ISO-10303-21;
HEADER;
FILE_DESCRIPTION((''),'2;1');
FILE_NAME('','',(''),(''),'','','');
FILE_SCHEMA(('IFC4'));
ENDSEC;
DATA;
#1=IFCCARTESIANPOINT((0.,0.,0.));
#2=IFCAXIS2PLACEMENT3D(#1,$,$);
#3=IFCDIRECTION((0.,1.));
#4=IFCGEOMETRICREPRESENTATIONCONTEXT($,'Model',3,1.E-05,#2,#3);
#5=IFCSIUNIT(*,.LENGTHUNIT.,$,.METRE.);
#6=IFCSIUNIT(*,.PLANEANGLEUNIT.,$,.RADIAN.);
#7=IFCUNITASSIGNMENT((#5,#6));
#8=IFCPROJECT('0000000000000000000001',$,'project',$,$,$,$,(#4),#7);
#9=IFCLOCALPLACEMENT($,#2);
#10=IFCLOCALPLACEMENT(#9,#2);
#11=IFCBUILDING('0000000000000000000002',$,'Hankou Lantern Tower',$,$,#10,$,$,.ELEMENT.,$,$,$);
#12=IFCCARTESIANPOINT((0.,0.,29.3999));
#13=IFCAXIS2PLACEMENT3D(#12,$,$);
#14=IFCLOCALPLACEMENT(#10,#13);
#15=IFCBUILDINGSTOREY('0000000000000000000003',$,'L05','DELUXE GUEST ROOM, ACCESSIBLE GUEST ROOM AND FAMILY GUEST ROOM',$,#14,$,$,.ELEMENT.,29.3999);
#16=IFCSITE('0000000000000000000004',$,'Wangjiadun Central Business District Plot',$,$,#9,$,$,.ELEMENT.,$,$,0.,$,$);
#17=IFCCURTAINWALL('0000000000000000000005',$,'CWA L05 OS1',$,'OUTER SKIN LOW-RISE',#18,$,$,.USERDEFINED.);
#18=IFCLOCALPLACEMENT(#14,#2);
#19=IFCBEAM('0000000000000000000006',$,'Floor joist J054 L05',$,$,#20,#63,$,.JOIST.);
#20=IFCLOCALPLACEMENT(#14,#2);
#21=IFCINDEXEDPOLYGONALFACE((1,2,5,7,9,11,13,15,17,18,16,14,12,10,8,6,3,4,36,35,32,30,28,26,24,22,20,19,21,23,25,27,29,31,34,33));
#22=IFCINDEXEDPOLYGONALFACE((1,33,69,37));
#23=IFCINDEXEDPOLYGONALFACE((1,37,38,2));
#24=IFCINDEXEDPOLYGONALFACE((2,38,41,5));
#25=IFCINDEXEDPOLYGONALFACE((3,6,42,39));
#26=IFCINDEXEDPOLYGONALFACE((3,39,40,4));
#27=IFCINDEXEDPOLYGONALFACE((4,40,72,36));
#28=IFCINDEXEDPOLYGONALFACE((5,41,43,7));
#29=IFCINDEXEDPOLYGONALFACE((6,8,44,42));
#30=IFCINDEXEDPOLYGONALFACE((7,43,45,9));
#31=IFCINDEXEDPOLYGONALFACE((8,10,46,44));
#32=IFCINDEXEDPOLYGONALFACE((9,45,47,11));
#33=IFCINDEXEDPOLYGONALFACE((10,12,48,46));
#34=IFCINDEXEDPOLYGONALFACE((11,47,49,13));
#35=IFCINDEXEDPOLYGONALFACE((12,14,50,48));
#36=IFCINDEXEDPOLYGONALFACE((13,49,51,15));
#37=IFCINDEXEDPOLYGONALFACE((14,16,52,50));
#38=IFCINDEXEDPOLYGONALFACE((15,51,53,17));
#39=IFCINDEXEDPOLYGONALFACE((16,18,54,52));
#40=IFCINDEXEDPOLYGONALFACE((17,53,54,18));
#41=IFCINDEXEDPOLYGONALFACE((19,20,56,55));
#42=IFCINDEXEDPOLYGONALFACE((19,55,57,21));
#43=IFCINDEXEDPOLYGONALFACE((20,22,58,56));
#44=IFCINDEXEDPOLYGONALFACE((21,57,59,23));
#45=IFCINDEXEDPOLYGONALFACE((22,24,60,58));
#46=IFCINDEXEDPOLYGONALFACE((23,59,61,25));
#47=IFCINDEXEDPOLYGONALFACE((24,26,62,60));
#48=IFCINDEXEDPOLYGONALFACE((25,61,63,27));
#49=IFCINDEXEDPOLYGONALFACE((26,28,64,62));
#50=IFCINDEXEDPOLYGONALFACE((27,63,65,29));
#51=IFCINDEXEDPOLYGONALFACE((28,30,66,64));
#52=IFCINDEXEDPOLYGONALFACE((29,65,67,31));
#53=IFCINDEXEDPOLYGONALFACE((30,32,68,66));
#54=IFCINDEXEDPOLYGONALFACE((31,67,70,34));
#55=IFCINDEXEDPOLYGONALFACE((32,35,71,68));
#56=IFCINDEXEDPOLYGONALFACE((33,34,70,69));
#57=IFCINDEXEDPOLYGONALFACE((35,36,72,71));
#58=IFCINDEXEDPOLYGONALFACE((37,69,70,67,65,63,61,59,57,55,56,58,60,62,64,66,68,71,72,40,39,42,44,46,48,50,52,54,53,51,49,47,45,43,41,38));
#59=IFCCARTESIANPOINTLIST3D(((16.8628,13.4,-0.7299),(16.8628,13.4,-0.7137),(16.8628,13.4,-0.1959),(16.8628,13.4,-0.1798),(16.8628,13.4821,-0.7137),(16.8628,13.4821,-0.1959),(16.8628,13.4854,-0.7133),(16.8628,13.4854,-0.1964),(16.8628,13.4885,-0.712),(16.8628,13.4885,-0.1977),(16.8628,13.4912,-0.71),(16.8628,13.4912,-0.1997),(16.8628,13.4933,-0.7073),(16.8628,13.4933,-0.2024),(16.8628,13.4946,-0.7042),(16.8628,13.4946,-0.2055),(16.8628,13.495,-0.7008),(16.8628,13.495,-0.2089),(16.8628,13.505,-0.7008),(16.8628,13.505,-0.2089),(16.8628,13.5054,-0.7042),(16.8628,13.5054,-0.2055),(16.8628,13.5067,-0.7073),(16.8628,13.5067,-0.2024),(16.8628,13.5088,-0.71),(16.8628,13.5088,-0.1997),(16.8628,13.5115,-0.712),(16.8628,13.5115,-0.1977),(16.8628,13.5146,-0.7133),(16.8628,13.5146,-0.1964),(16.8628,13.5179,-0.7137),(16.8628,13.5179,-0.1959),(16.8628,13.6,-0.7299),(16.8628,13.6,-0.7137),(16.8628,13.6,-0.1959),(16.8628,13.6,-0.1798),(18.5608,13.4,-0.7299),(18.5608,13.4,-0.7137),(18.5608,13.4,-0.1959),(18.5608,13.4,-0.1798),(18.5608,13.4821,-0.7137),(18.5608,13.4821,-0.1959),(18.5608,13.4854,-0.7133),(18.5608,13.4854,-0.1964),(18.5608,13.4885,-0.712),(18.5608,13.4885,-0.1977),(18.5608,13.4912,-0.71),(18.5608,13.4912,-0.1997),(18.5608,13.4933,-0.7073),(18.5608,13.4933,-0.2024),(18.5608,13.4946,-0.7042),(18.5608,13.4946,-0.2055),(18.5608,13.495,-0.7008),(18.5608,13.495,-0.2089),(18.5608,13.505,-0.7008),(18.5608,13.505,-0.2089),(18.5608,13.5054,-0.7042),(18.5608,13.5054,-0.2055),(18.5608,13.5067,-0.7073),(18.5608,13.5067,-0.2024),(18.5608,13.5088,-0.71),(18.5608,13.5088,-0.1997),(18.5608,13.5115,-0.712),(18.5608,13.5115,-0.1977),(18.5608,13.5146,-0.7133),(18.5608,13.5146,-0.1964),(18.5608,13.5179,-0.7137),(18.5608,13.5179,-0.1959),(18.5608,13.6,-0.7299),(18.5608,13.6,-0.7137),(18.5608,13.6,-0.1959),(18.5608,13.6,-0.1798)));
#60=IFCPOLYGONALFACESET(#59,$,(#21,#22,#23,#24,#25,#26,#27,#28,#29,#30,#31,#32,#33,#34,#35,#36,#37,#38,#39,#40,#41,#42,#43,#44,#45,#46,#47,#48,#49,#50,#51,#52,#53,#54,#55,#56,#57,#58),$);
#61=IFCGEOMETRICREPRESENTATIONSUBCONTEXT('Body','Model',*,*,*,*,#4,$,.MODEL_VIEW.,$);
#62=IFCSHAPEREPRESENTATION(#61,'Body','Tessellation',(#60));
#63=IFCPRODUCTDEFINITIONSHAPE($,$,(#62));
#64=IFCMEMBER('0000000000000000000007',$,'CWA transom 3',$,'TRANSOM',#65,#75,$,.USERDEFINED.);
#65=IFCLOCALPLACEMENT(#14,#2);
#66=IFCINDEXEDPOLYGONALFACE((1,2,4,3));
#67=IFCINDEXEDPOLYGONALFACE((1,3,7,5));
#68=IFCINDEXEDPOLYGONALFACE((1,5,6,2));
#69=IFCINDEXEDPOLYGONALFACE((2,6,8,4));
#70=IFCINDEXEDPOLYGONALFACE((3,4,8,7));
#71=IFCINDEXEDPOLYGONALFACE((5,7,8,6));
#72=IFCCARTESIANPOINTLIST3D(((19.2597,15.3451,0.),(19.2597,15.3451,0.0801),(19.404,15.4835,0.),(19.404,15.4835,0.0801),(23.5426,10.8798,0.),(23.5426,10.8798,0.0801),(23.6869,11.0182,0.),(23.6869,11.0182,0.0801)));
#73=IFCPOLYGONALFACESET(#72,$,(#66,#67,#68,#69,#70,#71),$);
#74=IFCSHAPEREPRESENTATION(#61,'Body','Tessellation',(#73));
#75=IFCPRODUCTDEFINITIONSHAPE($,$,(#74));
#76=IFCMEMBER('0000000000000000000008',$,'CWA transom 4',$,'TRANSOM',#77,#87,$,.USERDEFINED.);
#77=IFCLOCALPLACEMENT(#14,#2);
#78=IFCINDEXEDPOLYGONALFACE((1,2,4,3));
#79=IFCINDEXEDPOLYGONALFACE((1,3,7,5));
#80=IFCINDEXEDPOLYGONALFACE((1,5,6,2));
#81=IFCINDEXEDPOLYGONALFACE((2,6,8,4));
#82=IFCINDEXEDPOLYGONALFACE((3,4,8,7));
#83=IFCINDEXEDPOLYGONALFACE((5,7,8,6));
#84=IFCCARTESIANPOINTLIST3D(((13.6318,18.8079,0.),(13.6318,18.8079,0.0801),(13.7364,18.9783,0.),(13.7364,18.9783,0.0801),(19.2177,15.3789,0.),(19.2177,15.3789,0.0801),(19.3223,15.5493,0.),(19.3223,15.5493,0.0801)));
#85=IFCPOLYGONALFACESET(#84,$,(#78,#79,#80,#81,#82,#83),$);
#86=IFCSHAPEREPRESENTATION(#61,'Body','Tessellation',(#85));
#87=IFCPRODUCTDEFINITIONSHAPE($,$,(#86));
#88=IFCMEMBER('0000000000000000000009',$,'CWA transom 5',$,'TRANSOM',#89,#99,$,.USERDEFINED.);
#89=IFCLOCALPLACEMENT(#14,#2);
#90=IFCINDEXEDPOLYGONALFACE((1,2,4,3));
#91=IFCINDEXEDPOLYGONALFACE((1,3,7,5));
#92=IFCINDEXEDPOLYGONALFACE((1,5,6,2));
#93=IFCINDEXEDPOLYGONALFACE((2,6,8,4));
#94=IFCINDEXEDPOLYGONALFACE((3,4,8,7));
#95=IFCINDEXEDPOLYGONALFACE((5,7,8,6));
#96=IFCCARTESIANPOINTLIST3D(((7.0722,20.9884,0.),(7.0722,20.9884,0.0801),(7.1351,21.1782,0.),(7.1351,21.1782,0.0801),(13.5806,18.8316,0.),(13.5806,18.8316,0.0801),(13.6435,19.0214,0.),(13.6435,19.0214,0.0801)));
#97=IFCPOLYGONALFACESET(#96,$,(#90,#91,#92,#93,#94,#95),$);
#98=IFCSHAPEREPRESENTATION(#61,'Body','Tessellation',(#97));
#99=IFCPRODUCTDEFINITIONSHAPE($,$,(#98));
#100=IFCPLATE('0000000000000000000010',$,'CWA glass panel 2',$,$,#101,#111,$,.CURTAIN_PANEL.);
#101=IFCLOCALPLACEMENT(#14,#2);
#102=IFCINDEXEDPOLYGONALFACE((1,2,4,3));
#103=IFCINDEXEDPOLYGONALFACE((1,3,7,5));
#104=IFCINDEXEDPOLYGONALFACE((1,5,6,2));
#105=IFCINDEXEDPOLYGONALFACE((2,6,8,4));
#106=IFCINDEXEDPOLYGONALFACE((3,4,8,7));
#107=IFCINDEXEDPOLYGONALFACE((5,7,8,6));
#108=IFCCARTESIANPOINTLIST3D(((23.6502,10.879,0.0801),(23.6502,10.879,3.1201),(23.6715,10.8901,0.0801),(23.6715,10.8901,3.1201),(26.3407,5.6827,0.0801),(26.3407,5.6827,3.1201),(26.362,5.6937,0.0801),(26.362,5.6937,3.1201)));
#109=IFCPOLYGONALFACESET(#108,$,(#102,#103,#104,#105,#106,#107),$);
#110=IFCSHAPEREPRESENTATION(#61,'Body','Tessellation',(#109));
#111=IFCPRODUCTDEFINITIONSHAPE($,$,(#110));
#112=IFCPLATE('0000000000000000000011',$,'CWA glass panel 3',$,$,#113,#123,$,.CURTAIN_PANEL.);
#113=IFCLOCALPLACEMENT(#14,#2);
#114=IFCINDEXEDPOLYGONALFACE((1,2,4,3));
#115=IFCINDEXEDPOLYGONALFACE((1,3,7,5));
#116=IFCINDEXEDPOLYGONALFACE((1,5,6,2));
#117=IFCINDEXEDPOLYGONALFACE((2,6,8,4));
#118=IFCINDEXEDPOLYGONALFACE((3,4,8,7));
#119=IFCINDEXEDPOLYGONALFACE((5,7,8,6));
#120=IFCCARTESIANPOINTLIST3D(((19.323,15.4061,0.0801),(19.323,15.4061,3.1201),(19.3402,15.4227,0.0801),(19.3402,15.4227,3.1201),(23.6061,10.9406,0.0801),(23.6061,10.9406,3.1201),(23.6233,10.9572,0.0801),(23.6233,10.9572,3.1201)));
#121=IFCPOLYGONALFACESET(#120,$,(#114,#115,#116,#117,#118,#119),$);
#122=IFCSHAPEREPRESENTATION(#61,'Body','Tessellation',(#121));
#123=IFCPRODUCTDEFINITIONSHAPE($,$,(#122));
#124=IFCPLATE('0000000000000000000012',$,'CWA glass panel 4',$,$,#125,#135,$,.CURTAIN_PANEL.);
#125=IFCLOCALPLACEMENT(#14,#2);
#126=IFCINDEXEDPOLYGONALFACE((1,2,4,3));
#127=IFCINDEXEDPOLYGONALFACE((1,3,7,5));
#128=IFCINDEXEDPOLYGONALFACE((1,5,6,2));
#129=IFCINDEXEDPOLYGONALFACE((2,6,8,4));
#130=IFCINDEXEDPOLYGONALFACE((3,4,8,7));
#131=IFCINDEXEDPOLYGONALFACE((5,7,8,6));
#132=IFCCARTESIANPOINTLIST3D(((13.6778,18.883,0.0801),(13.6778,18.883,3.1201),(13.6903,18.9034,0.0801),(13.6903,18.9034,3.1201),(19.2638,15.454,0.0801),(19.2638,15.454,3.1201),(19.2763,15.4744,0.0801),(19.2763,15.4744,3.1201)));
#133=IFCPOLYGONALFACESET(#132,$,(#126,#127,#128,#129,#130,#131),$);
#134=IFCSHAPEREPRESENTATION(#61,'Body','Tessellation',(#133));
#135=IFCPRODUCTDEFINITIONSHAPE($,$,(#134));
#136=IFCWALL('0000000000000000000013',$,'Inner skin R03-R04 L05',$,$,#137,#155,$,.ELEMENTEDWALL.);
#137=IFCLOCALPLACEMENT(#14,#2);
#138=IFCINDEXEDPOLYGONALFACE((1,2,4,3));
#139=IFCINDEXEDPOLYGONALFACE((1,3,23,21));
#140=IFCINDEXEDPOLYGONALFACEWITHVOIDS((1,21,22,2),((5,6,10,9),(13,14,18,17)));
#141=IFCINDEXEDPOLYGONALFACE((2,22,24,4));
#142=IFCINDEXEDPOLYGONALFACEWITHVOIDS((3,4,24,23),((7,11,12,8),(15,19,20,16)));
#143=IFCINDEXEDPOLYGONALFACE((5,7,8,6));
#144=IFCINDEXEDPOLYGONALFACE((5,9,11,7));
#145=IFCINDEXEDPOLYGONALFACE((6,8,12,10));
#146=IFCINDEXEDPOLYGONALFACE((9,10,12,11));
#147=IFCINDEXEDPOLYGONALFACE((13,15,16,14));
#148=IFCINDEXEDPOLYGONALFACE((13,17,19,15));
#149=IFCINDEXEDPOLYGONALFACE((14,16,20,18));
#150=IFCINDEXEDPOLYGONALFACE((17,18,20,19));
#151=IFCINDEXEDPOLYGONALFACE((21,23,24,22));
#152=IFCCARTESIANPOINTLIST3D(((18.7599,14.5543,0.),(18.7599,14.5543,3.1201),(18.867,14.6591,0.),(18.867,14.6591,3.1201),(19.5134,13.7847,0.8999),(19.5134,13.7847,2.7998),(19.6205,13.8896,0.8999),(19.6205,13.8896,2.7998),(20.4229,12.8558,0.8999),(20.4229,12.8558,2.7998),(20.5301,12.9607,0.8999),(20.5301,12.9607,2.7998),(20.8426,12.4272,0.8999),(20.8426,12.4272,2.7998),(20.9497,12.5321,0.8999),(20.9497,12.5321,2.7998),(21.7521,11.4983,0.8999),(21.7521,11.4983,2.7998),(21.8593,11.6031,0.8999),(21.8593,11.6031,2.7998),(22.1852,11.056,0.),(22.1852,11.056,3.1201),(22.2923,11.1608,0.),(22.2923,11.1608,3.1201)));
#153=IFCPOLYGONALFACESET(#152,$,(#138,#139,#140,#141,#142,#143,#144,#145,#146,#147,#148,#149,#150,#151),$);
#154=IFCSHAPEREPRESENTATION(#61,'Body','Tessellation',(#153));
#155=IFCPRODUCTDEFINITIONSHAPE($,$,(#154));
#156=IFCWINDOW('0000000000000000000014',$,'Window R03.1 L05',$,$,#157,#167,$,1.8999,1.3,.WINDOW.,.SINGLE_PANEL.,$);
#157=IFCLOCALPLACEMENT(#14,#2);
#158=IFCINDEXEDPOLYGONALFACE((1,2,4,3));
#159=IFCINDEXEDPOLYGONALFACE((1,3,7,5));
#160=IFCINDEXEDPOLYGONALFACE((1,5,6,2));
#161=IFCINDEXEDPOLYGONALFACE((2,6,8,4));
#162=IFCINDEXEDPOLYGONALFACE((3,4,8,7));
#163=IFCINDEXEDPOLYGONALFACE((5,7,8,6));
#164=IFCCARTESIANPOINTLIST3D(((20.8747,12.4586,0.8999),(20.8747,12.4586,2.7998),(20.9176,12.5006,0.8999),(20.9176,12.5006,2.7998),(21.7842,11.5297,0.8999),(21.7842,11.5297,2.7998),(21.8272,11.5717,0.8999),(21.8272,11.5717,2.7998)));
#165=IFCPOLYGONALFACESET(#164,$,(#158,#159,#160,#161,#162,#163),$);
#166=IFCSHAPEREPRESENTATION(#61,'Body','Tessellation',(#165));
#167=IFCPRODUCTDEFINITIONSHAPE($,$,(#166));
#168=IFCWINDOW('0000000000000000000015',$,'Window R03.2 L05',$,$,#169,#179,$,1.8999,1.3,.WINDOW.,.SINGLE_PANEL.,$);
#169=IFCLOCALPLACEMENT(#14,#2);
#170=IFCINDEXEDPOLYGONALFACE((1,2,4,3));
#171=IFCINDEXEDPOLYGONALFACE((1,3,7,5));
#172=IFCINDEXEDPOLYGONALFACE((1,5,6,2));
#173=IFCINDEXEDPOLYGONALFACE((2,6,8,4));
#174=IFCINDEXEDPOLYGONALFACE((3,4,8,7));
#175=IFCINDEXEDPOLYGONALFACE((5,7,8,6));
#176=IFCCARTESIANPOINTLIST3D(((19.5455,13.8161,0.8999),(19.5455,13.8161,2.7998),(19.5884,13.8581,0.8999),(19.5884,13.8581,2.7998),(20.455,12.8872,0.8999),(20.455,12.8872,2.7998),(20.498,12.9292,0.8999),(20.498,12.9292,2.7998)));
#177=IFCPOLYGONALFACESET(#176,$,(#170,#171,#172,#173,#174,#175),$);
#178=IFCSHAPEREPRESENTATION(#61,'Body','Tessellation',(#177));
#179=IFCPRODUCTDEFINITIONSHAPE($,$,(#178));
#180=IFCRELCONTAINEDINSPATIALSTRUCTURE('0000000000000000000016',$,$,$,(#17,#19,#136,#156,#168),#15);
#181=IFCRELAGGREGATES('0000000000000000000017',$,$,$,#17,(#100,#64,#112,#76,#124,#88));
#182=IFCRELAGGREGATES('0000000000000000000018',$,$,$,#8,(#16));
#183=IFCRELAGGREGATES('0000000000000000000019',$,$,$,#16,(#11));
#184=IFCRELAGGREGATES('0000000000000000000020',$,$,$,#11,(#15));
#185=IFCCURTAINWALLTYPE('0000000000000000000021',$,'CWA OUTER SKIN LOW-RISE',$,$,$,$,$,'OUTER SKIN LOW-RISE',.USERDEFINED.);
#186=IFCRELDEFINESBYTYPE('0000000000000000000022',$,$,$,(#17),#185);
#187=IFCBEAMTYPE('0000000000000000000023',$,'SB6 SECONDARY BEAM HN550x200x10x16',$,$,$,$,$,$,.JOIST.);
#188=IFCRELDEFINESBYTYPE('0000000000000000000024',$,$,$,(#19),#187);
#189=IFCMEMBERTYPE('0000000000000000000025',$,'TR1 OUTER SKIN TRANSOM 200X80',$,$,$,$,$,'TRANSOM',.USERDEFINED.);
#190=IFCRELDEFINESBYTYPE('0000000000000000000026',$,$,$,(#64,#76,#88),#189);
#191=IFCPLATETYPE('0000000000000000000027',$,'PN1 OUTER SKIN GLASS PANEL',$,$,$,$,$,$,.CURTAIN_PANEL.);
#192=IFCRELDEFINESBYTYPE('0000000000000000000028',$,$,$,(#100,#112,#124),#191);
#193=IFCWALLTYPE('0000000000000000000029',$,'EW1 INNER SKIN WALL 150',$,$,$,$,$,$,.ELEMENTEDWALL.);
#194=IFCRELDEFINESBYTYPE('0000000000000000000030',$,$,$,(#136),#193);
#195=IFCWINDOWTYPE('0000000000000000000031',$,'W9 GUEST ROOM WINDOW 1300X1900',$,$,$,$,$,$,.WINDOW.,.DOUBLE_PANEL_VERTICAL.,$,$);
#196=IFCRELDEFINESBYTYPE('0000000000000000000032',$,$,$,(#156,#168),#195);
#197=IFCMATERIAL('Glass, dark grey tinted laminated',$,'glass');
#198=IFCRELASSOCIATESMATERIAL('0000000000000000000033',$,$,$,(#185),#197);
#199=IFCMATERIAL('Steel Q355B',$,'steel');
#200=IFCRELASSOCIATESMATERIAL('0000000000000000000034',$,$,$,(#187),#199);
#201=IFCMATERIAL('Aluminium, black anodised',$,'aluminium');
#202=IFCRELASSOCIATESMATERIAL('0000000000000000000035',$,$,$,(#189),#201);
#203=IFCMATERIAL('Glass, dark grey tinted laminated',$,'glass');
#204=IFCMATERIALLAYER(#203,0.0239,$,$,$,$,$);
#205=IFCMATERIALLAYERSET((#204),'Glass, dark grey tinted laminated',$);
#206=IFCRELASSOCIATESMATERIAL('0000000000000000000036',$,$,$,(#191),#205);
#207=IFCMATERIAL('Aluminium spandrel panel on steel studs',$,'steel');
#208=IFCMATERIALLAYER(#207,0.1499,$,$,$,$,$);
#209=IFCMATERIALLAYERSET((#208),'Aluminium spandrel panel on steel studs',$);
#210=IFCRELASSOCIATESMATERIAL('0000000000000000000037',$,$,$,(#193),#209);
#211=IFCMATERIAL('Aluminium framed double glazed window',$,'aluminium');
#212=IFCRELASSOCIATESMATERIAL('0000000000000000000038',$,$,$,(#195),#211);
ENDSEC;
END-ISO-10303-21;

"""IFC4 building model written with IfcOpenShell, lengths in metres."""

from ifc_helpers import new_model, si_unit, direction, frame, frame_2d, origin, origin_2d, place, context, subcontext, project, spatial, rectangle, i_section, extrude, material, layer, layer_set, material_profile, profile_set, type_object, element, fill, aggregate, save


model = new_model("IFC4")

# Units and contexts
model_context = context("Model", 3, precision=1e-05, world=origin(), true_north=direction((0.0, 1.0)))
body_context = subcontext(model_context, "Body", "Model", "MODEL_VIEW")
ifc_project = project(units=[si_unit("LENGTHUNIT", "METRE"), si_unit("PLANEANGLEUNIT", "RADIAN")], contexts=[model_context])

# Site, building, storey
site_placement = place(None, origin())
site = spatial("IfcSite", under=ifc_project, at=site_placement, Name="Wangjiadun Central Business District Plot", CompositionType="ELEMENT", RefElevation=0.0)
building_placement = place(site_placement, origin())
building = spatial("IfcBuilding", under=site, at=building_placement, Name="Hankou Lantern Tower", CompositionType="ELEMENT")
storey_placement = place(building_placement, frame((0.0, 0.0, 29.3999)))
storey = spatial("IfcBuildingStorey", under=building, at=storey_placement, Name="L05", Description="DELUXE GUEST ROOM, ACCESSIBLE GUEST ROOM AND FAMILY GUEST ROOM", CompositionType="ELEMENT", Elevation=29.3999)

# Curtain wall
ifc_material_1 = material(Name="Glass, dark grey tinted laminated", Category="glass")
curtain_wall_type = type_object("IfcCurtainWallType", Name="CWA OUTER SKIN LOW-RISE", ElementType="OUTER SKIN LOW-RISE", PredefinedType="USERDEFINED", material=ifc_material_1)
curtain_wall_placement = place(storey_placement, origin())
curtain_wall = element("IfcCurtainWall", 1, at=curtain_wall_placement, inside=storey, type_object=curtain_wall_type, Name="CWA L05 OS1", ObjectType="OUTER SKIN LOW-RISE", PredefinedType="USERDEFINED")

# Beam
ifc_material_2 = material(Name="Steel Q355B", Category="steel")
ifc_material_profile_1 = material_profile(ifc_material_2, i_section(OverallWidth=0.2, OverallDepth=0.55, WebThickness=0.01, FlangeThickness=0.0161, FilletRadius=0.0129, at=origin_2d()), Name="HN550x200x10x16")
ifc_profile_set_1 = profile_set([ifc_material_profile_1], Name="Steel Q355B")
beam_type_1 = type_object("IfcBeamType", Name="SB6 SECONDARY BEAM HN550x200x10x16", PredefinedType="JOIST", material=ifc_profile_set_1)
beam_1_placement = place(storey_placement, frame((16.8628, 13.5, -0.4548), z_axis=(1.0, 0.0, 0.0), x_axis=(0.0, 1.0, 0.0)))
element("IfcBeam", 2, at=beam_1_placement, inside=storey, type_object=beam_type_1, Name="Floor joist J054 L05", PredefinedType="JOIST", context=body_context, shape_type="SweptSolid", body=[
    extrude(i_section(OverallWidth=0.2, OverallDepth=0.55, WebThickness=0.01, FlangeThickness=0.0161, FilletRadius=0.0129, at=origin_2d()), origin(), (0.0, 0.0, 1.0), 1.698),
])

# Members
ifc_material_3 = material(Name="Aluminium, black anodised", Category="aluminium")
ifc_material_profile_2 = material_profile(ifc_material_3, rectangle(XDim=0.2, YDim=0.0801, at=origin_2d()), Name="TR1 200X80")
ifc_profile_set_2 = profile_set([ifc_material_profile_2], Name="Aluminium, black anodised")
member_type_1 = type_object("IfcMemberType", Name="TR1 OUTER SKIN TRANSOM 200X80", ElementType="TRANSOM", PredefinedType="USERDEFINED", material=ifc_profile_set_2)
member_1_placement = place(storey_placement, frame((23.6147, 10.949, 0.04), z_axis=(-0.692216, 0.721691, 0.0), x_axis=(-0.721691, -0.692216, 0.0)))
member_1 = element("IfcMember", 3, at=member_1_placement, type_object=member_type_1, Name="CWA transom 3", ObjectType="TRANSOM", PredefinedType="USERDEFINED", context=body_context, shape_type="SweptSolid", body=[
    extrude(rectangle(XDim=0.2, YDim=0.0801, at=origin_2d()), origin(), (0.0, 0.0, 1.0), 6.1873),
])
member_2_placement = place(storey_placement, frame((19.27, 15.4641, 0.04), z_axis=(-0.85224, 0.523152, 0.0), x_axis=(-0.523152, -0.85224, 0.0)))
member_2 = element("IfcMember", 4, at=member_2_placement, type_object=member_type_1, Name="CWA transom 4", ObjectType="TRANSOM", PredefinedType="USERDEFINED", context=body_context, shape_type="SweptSolid", body=[
    extrude(rectangle(XDim=0.2, YDim=0.0801, at=origin_2d()), origin(), (0.0, 0.0, 1.0), 6.5544),
])
member_3_placement = place(storey_placement, frame((13.6121, 18.9265, 0.04), z_axis=(-0.949237, 0.314561, 0.0), x_axis=(-0.314561, -0.949237, 0.0)))
member_3 = element("IfcMember", 5, at=member_3_placement, type_object=member_type_1, Name="CWA transom 5", ObjectType="TRANSOM", PredefinedType="USERDEFINED", context=body_context, shape_type="SweptSolid", body=[
    extrude(rectangle(XDim=0.2, YDim=0.0801, at=origin_2d()), origin(), (0.0, 0.0, 1.0), 6.8564),
])

# Plates
ifc_material_4 = material(Name="Glass, dark grey tinted laminated", Category="glass")
ifc_layer_1 = layer(ifc_material_4, 0.0239)
ifc_layer_set_1 = layer_set([ifc_layer_1], Name="Glass, dark grey tinted laminated")
plate_type = type_object("IfcPlateType", Name="PN1 OUTER SKIN GLASS PANEL", PredefinedType="CURTAIN_PANEL", material=ifc_layer_set_1)
plate_1_placement = place(storey_placement, frame((25.0061, 8.2864, 0.0801), z_axis=(0.0, 0.0, 1.0), x_axis=(-0.459791, 0.888027, 0.0)))
plate_1 = element("IfcPlate", 6, at=plate_1_placement, type_object=plate_type, Name="CWA glass panel 2", PredefinedType="CURTAIN_PANEL", context=body_context, shape_type="SweptSolid", body=[
    extrude(rectangle(XDim=5.8516, YDim=0.0239, at=origin_2d()), origin(), (0.0, 0.0, 1.0), 3.04),
])
plate_2_placement = place(storey_placement, frame((21.4731, 13.1816, 0.0801), z_axis=(0.0, 0.0, 1.0), x_axis=(-0.692216, 0.721691, 0.0)))
plate_2 = element("IfcPlate", 7, at=plate_2_placement, type_object=plate_type, Name="CWA glass panel 3", PredefinedType="CURTAIN_PANEL", context=body_context, shape_type="SweptSolid", body=[
    extrude(rectangle(XDim=6.1875, YDim=0.0239, at=origin_2d()), origin(), (0.0, 0.0, 1.0), 3.04),
])
plate_3_placement = place(storey_placement, frame((16.4771, 17.1787, 0.0801), z_axis=(0.0, 0.0, 1.0), x_axis=(-0.852237, 0.523156, 0.0)))
plate_3 = element("IfcPlate", 8, at=plate_3_placement, type_object=plate_type, Name="CWA glass panel 4", PredefinedType="CURTAIN_PANEL", context=body_context, shape_type="SweptSolid", body=[
    extrude(rectangle(XDim=6.5544, YDim=0.0239, at=origin_2d()), origin(), (0.0, 0.0, 1.0), 3.04),
])
aggregate(curtain_wall, [plate_1, member_1, plate_2, member_2, plate_3, member_3])

# Wall, openings, windows
ifc_material_5 = material(Name="Aluminium spandrel panel on steel studs", Category="steel")
ifc_layer_2 = layer(ifc_material_5, 0.1499)
ifc_layer_set_2 = layer_set([ifc_layer_2], Name="Aluminium spandrel panel on steel studs")
wall_type_1 = type_object("IfcWallType", Name="EW1 INNER SKIN WALL 150", PredefinedType="ELEMENTEDWALL", material=ifc_layer_set_2)
wall_1_placement = place(storey_placement, frame((22.2388, 11.1084, 0.0), z_axis=(0.0, 0.0, 1.0), x_axis=(-0.699613, 0.714522, 0.0)))
wall_1 = element("IfcWall", 9, at=wall_1_placement, inside=storey, type_object=wall_type_1, Name="Inner skin R03-R04 L05", PredefinedType="ELEMENTEDWALL", context=body_context, shape_type="SweptSolid", body=[
    extrude(rectangle(XDim=4.896, YDim=0.1499, at=frame_2d((2.448, 0.0))), origin(), (0.0, 0.0, 1.0), 3.1201),
])
opening_1_placement = place(wall_1_placement, frame((0.6191, 0.0, 0.8999)))
opening_1 = element("IfcOpeningElement", 10, at=opening_1_placement, cuts=wall_1, PredefinedType="OPENING", context=body_context, shape_type="SweptSolid", body=[
    extrude(rectangle(XDim=1.3, YDim=1.8999, at=frame_2d((0.6499, 0.95))), frame((0.0, 0.085, 0.0), z_axis=(0.0, -1.0, 0.0), x_axis=(1.0, 0.0, 0.0)), (0.0, 0.0, 1.0), 0.1699),
])
opening_2_placement = place(wall_1_placement, frame((2.519, 0.0, 0.8999)))
opening_2 = element("IfcOpeningElement", 11, at=opening_2_placement, cuts=wall_1, PredefinedType="OPENING", context=body_context, shape_type="SweptSolid", body=[
    extrude(rectangle(XDim=1.3, YDim=1.8999, at=frame_2d((0.6499, 0.95))), frame((0.0, 0.085, 0.0), z_axis=(0.0, -1.0, 0.0), x_axis=(1.0, 0.0, 0.0)), (0.0, 0.0, 1.0), 0.1699),
])
ifc_material_6 = material(Name="Aluminium framed double glazed window", Category="aluminium")
window_type = type_object("IfcWindowType", Name="W9 GUEST ROOM WINDOW 1300X1900", PartitioningType="DOUBLE_PANEL_VERTICAL", PredefinedType="WINDOW", material=ifc_material_6)
window_1_placement = place(opening_1_placement, origin())
window_1 = element("IfcWindow", 12, at=window_1_placement, inside=storey, type_object=window_type, Name="Window R03.1 L05", OverallHeight=1.8999, OverallWidth=1.3, PartitioningType="SINGLE_PANEL", PredefinedType="WINDOW", context=body_context, shape_type="SweptSolid", body=[
    extrude(rectangle(XDim=1.3, YDim=1.8999, at=frame_2d((0.6499, 0.95))), frame((0.0, 0.03, 0.0), z_axis=(0.0, -1.0, 0.0), x_axis=(1.0, 0.0, 0.0)), (0.0, 0.0, 1.0), 0.0601),
])
fill(opening_1, window_1)
window_2_placement = place(opening_2_placement, origin())
window_2 = element("IfcWindow", 13, at=window_2_placement, inside=storey, type_object=window_type, Name="Window R03.2 L05", OverallHeight=1.8999, OverallWidth=1.3, PartitioningType="SINGLE_PANEL", PredefinedType="WINDOW", context=body_context, shape_type="SweptSolid", body=[
    extrude(rectangle(XDim=1.3, YDim=1.8999, at=frame_2d((0.6499, 0.95))), frame((0.0, 0.03, 0.0), z_axis=(0.0, -1.0, 0.0), x_axis=(1.0, 0.0, 0.0)), (0.0, 0.0, 1.0), 0.0601),
])
fill(opening_2, window_2)

save(model, "model.ifc")
